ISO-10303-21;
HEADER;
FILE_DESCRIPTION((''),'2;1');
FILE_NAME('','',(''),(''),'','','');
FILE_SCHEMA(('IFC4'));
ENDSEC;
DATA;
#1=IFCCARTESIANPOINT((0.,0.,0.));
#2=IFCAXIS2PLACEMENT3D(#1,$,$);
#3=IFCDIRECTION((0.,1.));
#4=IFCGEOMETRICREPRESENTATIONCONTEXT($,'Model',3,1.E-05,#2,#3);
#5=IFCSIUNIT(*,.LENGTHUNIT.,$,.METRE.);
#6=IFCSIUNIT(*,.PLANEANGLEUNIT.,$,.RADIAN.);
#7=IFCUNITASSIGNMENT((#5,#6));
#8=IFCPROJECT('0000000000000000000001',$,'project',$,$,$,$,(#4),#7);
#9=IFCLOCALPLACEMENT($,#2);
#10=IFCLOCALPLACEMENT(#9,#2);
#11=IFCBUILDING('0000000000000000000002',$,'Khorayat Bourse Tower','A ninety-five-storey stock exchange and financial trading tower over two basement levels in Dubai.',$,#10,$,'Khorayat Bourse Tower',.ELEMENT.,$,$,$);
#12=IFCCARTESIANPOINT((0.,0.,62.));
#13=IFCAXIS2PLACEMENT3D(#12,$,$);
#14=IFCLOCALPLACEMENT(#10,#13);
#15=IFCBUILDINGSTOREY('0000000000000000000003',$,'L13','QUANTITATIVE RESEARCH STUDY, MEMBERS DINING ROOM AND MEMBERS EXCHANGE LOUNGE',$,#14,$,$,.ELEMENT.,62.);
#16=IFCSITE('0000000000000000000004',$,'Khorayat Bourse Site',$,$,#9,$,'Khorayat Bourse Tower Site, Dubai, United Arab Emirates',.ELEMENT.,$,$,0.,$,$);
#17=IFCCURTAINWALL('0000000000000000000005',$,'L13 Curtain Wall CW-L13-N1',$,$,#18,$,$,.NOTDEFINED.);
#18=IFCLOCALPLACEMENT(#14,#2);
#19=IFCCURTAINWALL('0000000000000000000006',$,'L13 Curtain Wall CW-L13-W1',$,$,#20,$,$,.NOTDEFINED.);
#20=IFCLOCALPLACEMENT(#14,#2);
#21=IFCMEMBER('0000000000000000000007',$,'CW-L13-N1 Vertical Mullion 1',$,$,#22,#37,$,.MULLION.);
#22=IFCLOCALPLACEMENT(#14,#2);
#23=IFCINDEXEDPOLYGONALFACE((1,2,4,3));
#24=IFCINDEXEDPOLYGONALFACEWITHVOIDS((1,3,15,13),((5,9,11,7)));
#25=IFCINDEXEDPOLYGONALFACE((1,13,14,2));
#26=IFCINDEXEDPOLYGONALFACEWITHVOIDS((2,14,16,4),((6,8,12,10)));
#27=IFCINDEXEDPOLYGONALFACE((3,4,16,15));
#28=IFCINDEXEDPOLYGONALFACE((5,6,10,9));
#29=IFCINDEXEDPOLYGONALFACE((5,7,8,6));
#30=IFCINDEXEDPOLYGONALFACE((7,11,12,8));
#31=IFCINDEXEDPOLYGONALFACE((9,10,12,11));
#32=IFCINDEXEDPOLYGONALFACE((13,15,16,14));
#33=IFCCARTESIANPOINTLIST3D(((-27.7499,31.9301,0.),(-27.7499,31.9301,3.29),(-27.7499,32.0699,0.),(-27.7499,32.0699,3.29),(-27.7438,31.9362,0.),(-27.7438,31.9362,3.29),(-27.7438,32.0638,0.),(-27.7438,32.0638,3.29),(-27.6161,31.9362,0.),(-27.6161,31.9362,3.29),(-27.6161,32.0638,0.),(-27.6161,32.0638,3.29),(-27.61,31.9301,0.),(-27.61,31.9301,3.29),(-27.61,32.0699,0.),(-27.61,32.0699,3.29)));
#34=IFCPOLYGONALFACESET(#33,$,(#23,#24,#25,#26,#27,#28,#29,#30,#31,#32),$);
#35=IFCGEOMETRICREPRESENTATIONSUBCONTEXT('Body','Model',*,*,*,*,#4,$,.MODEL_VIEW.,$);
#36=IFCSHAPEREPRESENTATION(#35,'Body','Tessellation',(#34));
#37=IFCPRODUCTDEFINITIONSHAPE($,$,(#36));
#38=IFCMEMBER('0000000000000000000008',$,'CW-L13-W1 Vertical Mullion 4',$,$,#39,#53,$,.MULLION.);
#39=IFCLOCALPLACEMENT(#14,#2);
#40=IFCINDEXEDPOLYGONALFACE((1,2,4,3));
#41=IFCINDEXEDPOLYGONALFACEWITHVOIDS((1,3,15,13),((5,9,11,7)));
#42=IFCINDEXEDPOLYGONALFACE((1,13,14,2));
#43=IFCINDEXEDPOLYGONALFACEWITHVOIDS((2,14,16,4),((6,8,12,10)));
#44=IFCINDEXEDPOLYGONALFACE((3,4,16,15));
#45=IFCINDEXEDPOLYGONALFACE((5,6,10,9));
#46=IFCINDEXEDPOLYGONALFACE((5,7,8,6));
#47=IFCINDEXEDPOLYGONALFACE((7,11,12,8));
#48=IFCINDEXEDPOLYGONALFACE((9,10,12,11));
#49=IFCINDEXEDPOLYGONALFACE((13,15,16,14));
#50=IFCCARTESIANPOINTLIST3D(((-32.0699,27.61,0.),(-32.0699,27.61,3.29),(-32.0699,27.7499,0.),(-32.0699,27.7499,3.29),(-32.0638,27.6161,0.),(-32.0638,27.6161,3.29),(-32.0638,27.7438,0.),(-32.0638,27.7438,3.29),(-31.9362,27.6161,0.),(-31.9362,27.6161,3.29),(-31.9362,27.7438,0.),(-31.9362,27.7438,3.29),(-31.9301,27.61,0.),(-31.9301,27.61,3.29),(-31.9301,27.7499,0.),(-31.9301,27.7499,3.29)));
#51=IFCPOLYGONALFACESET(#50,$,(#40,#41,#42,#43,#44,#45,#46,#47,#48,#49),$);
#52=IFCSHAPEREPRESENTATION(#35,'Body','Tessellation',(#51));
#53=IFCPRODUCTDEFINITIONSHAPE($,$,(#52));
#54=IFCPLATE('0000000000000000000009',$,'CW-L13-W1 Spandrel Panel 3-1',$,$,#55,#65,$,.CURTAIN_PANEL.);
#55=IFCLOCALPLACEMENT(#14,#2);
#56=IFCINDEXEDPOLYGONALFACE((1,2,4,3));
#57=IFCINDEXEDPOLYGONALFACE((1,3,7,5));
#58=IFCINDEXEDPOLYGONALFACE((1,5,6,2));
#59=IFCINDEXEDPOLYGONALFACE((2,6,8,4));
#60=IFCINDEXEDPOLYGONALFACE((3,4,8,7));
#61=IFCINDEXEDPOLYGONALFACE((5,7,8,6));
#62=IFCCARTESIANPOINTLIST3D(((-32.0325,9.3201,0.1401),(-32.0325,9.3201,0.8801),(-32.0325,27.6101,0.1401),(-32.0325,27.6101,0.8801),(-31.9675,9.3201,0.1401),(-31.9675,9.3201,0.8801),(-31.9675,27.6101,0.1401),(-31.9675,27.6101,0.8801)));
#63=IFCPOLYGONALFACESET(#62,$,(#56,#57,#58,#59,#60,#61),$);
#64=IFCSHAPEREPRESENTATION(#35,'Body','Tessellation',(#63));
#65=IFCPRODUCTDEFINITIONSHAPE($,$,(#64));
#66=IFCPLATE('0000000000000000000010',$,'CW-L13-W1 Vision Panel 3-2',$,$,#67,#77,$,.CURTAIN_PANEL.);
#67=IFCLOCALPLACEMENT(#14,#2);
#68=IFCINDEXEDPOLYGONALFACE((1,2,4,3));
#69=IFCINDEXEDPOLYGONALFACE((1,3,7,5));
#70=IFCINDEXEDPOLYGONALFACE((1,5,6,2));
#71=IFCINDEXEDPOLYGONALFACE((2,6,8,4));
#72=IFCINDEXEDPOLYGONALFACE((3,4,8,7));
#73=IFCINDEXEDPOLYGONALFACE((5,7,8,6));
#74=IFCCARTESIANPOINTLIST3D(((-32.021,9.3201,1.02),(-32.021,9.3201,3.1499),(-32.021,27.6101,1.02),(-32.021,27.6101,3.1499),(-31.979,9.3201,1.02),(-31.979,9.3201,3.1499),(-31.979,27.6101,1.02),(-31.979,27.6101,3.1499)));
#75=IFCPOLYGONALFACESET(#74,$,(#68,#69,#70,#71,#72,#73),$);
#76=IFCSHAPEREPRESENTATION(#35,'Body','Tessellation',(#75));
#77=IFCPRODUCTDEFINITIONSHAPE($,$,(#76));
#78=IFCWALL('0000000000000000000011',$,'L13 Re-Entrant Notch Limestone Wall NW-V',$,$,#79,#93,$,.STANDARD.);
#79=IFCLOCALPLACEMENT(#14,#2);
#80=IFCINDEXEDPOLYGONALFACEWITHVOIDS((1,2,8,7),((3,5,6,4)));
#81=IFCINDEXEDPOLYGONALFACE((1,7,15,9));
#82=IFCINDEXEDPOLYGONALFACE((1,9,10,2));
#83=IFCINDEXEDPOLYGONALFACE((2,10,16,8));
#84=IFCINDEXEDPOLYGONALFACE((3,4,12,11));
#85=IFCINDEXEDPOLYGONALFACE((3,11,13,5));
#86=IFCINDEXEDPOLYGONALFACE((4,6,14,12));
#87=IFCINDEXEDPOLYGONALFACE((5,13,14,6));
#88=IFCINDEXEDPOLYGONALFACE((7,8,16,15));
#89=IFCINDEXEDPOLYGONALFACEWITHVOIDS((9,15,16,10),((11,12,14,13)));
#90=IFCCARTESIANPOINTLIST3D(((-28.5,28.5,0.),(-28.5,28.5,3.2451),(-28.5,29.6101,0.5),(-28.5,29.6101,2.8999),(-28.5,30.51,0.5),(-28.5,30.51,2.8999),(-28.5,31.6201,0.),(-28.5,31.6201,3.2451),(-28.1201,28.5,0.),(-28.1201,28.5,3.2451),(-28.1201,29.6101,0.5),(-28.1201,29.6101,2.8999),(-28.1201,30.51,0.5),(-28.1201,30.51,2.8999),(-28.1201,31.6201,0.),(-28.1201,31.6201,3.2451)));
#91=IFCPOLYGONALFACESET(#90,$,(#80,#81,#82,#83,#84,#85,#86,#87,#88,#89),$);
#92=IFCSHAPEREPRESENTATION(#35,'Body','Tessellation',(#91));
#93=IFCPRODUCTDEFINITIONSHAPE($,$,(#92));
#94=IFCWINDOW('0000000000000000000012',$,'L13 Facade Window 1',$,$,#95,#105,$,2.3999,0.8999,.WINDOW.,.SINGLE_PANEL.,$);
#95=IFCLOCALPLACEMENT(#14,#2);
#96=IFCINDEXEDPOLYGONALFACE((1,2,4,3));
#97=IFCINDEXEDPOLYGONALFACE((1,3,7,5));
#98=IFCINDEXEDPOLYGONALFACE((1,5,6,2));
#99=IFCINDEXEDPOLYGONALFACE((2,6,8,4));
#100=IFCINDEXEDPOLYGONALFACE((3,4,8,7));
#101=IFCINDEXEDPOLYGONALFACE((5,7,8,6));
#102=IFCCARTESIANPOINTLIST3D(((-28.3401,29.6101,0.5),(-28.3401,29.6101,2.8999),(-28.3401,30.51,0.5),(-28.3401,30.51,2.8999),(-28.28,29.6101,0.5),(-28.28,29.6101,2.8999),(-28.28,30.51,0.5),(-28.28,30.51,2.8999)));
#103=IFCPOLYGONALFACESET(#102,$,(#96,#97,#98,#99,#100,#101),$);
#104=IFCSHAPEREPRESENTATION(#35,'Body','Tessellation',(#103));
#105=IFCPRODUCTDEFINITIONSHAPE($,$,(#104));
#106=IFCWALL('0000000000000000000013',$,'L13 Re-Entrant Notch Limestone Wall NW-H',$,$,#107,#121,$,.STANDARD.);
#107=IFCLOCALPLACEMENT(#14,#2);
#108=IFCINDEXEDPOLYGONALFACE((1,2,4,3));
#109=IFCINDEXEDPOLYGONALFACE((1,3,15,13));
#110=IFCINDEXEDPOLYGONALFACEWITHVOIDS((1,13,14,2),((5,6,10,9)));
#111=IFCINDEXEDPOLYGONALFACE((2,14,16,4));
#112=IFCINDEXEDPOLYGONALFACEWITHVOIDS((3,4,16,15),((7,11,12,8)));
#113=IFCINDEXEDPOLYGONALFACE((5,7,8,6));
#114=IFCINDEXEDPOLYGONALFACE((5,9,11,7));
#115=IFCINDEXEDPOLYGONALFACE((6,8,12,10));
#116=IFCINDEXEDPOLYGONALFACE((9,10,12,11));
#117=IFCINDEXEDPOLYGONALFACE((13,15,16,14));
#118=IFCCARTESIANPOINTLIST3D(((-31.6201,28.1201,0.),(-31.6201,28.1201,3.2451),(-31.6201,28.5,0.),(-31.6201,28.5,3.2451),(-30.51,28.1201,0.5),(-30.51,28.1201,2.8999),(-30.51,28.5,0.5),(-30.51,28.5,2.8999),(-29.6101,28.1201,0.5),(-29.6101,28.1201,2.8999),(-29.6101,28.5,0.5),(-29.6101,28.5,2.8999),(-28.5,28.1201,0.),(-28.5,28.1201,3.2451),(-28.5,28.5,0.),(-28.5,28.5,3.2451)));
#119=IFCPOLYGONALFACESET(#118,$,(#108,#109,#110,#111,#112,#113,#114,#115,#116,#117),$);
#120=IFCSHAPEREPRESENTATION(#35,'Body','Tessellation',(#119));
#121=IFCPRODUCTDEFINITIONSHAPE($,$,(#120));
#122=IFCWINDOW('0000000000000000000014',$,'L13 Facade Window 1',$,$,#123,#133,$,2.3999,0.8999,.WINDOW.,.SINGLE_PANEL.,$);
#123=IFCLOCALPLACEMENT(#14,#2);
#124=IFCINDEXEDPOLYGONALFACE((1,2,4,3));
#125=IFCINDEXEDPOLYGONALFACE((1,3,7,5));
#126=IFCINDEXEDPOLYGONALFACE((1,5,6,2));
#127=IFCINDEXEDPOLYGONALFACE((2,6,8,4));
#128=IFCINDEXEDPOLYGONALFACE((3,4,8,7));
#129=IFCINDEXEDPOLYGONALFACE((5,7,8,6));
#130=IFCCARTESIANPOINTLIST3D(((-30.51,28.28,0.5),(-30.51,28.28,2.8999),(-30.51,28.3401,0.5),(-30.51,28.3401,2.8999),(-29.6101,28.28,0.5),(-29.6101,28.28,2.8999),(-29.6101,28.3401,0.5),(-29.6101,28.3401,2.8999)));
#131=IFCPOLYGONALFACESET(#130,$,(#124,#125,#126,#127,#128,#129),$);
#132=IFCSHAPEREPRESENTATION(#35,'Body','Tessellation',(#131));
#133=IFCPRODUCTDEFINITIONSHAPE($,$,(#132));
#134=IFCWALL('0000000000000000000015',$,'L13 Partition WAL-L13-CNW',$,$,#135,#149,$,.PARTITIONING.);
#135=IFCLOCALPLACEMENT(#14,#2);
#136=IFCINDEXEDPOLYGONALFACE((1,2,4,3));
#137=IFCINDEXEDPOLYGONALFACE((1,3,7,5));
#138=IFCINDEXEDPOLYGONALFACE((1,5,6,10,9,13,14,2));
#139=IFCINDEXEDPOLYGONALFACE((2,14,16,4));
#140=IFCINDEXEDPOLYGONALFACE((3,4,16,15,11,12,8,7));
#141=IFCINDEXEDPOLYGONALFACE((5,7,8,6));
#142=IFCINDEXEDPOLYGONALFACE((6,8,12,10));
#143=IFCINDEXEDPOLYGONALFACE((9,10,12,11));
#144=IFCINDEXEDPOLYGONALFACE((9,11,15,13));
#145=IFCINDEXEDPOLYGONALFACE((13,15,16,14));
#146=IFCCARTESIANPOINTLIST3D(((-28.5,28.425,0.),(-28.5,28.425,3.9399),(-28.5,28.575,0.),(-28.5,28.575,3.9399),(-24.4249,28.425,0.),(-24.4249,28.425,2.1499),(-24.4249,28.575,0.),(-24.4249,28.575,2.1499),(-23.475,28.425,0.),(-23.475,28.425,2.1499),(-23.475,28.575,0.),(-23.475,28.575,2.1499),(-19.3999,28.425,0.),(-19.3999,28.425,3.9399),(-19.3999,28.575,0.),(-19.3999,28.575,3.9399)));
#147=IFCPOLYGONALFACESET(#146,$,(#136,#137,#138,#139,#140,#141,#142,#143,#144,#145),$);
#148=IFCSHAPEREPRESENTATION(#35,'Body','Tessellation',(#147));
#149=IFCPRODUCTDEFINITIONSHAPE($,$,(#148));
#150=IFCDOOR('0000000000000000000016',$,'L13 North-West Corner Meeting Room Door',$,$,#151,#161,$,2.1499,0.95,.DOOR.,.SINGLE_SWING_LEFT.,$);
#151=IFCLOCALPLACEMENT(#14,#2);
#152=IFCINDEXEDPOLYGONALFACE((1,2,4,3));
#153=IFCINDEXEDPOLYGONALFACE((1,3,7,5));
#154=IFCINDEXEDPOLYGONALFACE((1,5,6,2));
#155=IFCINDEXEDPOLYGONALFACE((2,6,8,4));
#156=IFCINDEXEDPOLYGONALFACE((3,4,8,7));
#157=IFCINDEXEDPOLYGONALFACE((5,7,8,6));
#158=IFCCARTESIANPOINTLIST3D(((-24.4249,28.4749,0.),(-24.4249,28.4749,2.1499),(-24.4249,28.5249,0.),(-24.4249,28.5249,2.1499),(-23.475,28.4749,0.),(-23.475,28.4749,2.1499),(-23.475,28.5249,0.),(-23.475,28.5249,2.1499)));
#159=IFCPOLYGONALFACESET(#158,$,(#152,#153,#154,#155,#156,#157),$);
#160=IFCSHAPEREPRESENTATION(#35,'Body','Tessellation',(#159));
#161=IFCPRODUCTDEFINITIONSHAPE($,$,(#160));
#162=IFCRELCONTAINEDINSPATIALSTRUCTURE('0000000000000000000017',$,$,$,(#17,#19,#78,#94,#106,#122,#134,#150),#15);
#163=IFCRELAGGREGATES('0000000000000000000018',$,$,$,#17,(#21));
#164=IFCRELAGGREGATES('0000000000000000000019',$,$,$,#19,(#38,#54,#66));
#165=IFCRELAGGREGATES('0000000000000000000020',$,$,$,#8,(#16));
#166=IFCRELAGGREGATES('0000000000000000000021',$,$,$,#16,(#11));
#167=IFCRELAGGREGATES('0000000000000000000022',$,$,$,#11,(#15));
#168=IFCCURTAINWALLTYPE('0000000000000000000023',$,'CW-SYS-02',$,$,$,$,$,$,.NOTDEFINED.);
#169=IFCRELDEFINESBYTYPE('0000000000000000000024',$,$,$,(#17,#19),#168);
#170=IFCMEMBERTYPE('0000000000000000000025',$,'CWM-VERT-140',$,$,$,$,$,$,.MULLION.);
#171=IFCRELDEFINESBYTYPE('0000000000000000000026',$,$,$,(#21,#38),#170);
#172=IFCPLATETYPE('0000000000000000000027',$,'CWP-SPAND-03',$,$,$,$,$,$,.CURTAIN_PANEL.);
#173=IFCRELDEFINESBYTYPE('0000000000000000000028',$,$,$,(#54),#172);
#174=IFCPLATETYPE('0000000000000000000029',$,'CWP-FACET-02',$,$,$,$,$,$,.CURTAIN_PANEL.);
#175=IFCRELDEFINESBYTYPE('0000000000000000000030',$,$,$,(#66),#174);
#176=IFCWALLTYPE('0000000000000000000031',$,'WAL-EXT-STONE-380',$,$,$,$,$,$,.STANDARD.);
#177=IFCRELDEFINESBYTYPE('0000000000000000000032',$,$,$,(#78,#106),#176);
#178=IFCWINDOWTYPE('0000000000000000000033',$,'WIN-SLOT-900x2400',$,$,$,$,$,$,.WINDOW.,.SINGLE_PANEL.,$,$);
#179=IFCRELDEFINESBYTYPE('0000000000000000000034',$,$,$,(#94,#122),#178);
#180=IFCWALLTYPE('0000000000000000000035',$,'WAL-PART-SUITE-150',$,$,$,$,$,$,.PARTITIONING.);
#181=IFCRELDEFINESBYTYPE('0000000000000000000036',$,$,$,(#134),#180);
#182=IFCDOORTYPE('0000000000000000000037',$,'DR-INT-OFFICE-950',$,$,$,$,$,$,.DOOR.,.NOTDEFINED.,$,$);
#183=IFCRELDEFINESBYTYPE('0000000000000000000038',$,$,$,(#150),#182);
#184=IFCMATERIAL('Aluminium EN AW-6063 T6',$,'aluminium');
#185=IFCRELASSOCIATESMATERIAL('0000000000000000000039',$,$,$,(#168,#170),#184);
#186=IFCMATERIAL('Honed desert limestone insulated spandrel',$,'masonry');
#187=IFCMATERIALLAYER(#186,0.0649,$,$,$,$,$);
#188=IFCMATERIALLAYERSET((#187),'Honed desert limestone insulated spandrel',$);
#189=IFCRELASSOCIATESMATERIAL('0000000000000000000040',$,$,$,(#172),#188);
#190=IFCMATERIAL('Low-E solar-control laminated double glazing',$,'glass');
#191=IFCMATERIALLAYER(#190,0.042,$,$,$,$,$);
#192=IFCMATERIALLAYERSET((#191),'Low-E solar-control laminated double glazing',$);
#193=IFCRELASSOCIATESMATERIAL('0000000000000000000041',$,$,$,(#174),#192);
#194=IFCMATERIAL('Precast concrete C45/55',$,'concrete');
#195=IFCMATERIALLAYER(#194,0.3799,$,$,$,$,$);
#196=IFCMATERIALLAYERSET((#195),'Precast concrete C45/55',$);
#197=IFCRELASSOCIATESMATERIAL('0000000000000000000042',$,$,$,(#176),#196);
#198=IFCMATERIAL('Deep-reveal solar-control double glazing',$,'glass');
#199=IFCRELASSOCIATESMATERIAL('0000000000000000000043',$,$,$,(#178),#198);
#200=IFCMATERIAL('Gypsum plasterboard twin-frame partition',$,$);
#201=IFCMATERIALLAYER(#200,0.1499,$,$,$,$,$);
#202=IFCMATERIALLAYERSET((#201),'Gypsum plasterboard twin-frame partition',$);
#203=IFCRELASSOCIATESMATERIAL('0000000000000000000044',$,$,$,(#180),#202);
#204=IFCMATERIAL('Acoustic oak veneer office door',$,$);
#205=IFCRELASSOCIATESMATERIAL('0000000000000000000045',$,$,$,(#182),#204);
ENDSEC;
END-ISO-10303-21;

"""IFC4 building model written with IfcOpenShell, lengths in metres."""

from ifc_helpers import new_model, si_unit, direction, frame, frame_2d, origin, origin_2d, place, context, subcontext, project, spatial, rectangle, hollow_rectangle, extrude, source, transform, mapped, material, layer, layer_set, material_profile, profile_set, type_object, element, fill, aggregate, save


model = new_model("IFC4")

# Units and contexts
model_context = context("Model", 3, precision=1e-05, world=origin(), true_north=direction((0.0, 1.0)))
body_context = subcontext(model_context, "Body", "Model", "MODEL_VIEW")
ifc_project = project(units=[si_unit("LENGTHUNIT", "METRE"), si_unit("PLANEANGLEUNIT", "RADIAN")], contexts=[model_context])

# Site, building, storey
site_placement = place(None, origin())
site = spatial("IfcSite", under=ifc_project, at=site_placement, Name="Khorayat Bourse Site", LongName="Khorayat Bourse Tower Site, Dubai, United Arab Emirates", CompositionType="ELEMENT", RefElevation=0.0)
building_placement = place(site_placement, origin())
building = spatial("IfcBuilding", under=site, at=building_placement, Name="Khorayat Bourse Tower", Description="A ninety-five-storey stock exchange and financial trading tower over two basement levels in Dubai.", LongName="Khorayat Bourse Tower", CompositionType="ELEMENT")
storey_placement = place(building_placement, frame((0.0, 0.0, 62.0)))
storey = spatial("IfcBuildingStorey", under=building, at=storey_placement, Name="L13", Description="QUANTITATIVE RESEARCH STUDY, MEMBERS DINING ROOM AND MEMBERS EXCHANGE LOUNGE", CompositionType="ELEMENT", Elevation=62.0)

# Curtain wall
ifc_material_1 = material(Name="Aluminium EN AW-6063 T6", Category="aluminium")
curtain_wall_type = type_object("IfcCurtainWallType", Name="CW-SYS-02", PredefinedType="NOTDEFINED", material=ifc_material_1)
curtain_wall_1_placement = place(storey_placement, origin())
curtain_wall_1 = element("IfcCurtainWall", 1, at=curtain_wall_1_placement, inside=storey, type_object=curtain_wall_type, Name="L13 Curtain Wall CW-L13-N1", PredefinedType="NOTDEFINED")

# Curtain wall
curtain_wall_2_placement = place(storey_placement, origin())
curtain_wall_2 = element("IfcCurtainWall", 2, at=curtain_wall_2_placement, inside=storey, type_object=curtain_wall_type, Name="L13 Curtain Wall CW-L13-W1", PredefinedType="NOTDEFINED")

# Members
ifc_material_profile_1 = material_profile(ifc_material_1, hollow_rectangle(XDim=0.1399, YDim=0.1399, WallThickness=0.0061, at=origin_2d()), Name="ALU 140x140x6")
ifc_profile_set_1 = profile_set([ifc_material_profile_1], Name="Aluminium EN AW-6063 T6")
member_type_1 = type_object("IfcMemberType", Name="CWM-VERT-140", PredefinedType="MULLION", material=ifc_profile_set_1)
shared_shape_1 = source(origin(), body_context, "Body", "SweptSolid", [
    extrude(hollow_rectangle(XDim=0.1399, YDim=0.1399, WallThickness=0.0061, at=origin_2d()), origin(), (0.0, 0.0, 1.0), 3.29),
])
member_1_placement = place(storey_placement, frame((-27.6799, 32.0, 0.0), z_axis=(0.0, 0.0, 1.0), x_axis=(0.0, 1.0, 0.0)))
member_1 = element("IfcMember", 3, at=member_1_placement, type_object=member_type_1, Name="CW-L13-N1 Vertical Mullion 1", PredefinedType="MULLION", context=body_context, shape_type="MappedRepresentation", body=[
    mapped(shared_shape_1, transform((0.0, 0.0, 0.0), scale=1.0)),
])
aggregate(curtain_wall_1, [member_1])
member_2_placement = place(storey_placement, frame((-32.0, 27.6799, 0.0), z_axis=(0.0, 0.0, 1.0), x_axis=(-1.0, 0.0, 0.0)))
member_2 = element("IfcMember", 4, at=member_2_placement, type_object=member_type_1, Name="CW-L13-W1 Vertical Mullion 4", PredefinedType="MULLION", context=body_context, shape_type="MappedRepresentation", body=[
    mapped(shared_shape_1, transform((0.0, 0.0, 0.0), scale=1.0)),
])

# Plates
ifc_material_2 = material(Name="Honed desert limestone insulated spandrel", Category="masonry")
ifc_layer_1 = layer(ifc_material_2, 0.0649)
ifc_layer_set_1 = layer_set([ifc_layer_1], Name="Honed desert limestone insulated spandrel")
plate_type_1 = type_object("IfcPlateType", Name="CWP-SPAND-03", PredefinedType="CURTAIN_PANEL", material=ifc_layer_set_1)
shared_shape_2 = source(origin(), body_context, "Body", "SweptSolid", [
    extrude(rectangle(XDim=18.29, YDim=0.0649, at=origin_2d()), origin(), (0.0, 0.0, 1.0), 0.74),
])
plate_1_placement = place(storey_placement, frame((-32.0, 18.4651, 0.1401), z_axis=(0.0, 0.0, 1.0), x_axis=(0.0, 1.0, 0.0)))
plate_1 = element("IfcPlate", 5, at=plate_1_placement, type_object=plate_type_1, Name="CW-L13-W1 Spandrel Panel 3-1", PredefinedType="CURTAIN_PANEL", context=body_context, shape_type="MappedRepresentation", body=[
    mapped(shared_shape_2, transform((0.0, 0.0, 0.0), scale=1.0)),
])
ifc_material_3 = material(Name="Low-E solar-control laminated double glazing", Category="glass")
ifc_layer_2 = layer(ifc_material_3, 0.042)
ifc_layer_set_2 = layer_set([ifc_layer_2], Name="Low-E solar-control laminated double glazing")
plate_type_2 = type_object("IfcPlateType", Name="CWP-FACET-02", PredefinedType="CURTAIN_PANEL", material=ifc_layer_set_2)
shared_shape_3 = source(origin(), body_context, "Body", "SweptSolid", [
    extrude(rectangle(XDim=18.29, YDim=0.042, at=origin_2d()), origin(), (0.0, 0.0, 1.0), 2.1299),
])
plate_2_placement = place(storey_placement, frame((-32.0, 18.4651, 1.02), z_axis=(0.0, 0.0, 1.0), x_axis=(0.0, 1.0, 0.0)))
plate_2 = element("IfcPlate", 6, at=plate_2_placement, type_object=plate_type_2, Name="CW-L13-W1 Vision Panel 3-2", PredefinedType="CURTAIN_PANEL", context=body_context, shape_type="MappedRepresentation", body=[
    mapped(shared_shape_3, transform((0.0, 0.0, 0.0), scale=1.0)),
])
aggregate(curtain_wall_2, [member_2, plate_1, plate_2])

# Walls, openings, windows
ifc_material_4 = material(Name="Precast concrete C45/55", Category="concrete")
ifc_layer_3 = layer(ifc_material_4, 0.3799)
ifc_layer_set_3 = layer_set([ifc_layer_3], Name="Precast concrete C45/55")
wall_type_1 = type_object("IfcWallType", Name="WAL-EXT-STONE-380", PredefinedType="STANDARD", material=ifc_layer_set_3)
shared_shape_4 = source(origin(), body_context, "Body", "SweptSolid", [
    extrude(rectangle(XDim=3.1201, YDim=0.3799, at=frame_2d((1.5601, 0.0))), origin(), (0.0, 0.0, 1.0), 3.2451),
])
wall_1_placement = place(storey_placement, frame((-28.3101, 28.5, 0.0), z_axis=(0.0, 0.0, 1.0), x_axis=(0.0, 1.0, 0.0)))
wall_1 = element("IfcWall", 7, at=wall_1_placement, inside=storey, type_object=wall_type_1, Name="L13 Re-Entrant Notch Limestone Wall NW-V", PredefinedType="STANDARD", context=body_context, shape_type="MappedRepresentation", body=[
    mapped(shared_shape_4, transform((0.0, 0.0, 0.0), scale=1.0)),
])
shared_shape_5 = source(origin(), body_context, "Body", "SweptSolid", [
    extrude(rectangle(XDim=0.8999, YDim=2.3999, at=frame_2d((0.45, 1.2))), frame((0.0, 0.2, 0.0), z_axis=(0.0, -1.0, 0.0), x_axis=(1.0, 0.0, 0.0)), (0.0, 0.0, 1.0), 0.3999),
])
opening_1_placement = place(wall_1_placement, frame((1.1101, 0.0, 0.5)))
opening_1 = element("IfcOpeningElement", 8, at=opening_1_placement, cuts=wall_1, PredefinedType="OPENING", context=body_context, shape_type="MappedRepresentation", body=[
    mapped(shared_shape_5, transform((0.0, 0.0, 0.0), scale=1.0)),
])
ifc_material_5 = material(Name="Deep-reveal solar-control double glazing", Category="glass")
window_type = type_object("IfcWindowType", Name="WIN-SLOT-900x2400", PartitioningType="SINGLE_PANEL", PredefinedType="WINDOW", material=ifc_material_5)
shared_shape_6 = source(origin(), body_context, "Body", "SweptSolid", [
    extrude(rectangle(XDim=0.8999, YDim=2.3999, at=frame_2d((0.45, 1.2))), frame((0.0, 0.03, 0.0), z_axis=(0.0, -1.0, 0.0), x_axis=(1.0, 0.0, 0.0)), (0.0, 0.0, 1.0), 0.0601),
])
window_1_placement = place(opening_1_placement, origin())
window_1 = element("IfcWindow", 9, at=window_1_placement, inside=storey, type_object=window_type, Name="L13 Facade Window 1", OverallHeight=2.3999, OverallWidth=0.8999, PartitioningType="SINGLE_PANEL", PredefinedType="WINDOW", context=body_context, shape_type="MappedRepresentation", body=[
    mapped(shared_shape_6, transform((0.0, 0.0, 0.0), scale=1.0)),
])
fill(opening_1, window_1)
wall_2_placement = place(storey_placement, frame((-28.5, 28.3101, 0.0), z_axis=(0.0, 0.0, 1.0), x_axis=(-1.0, 0.0, 0.0)))
wall_2 = element("IfcWall", 10, at=wall_2_placement, inside=storey, type_object=wall_type_1, Name="L13 Re-Entrant Notch Limestone Wall NW-H", PredefinedType="STANDARD", context=body_context, shape_type="MappedRepresentation", body=[
    mapped(shared_shape_4, transform((0.0, 0.0, 0.0), scale=1.0)),
])
opening_2_placement = place(wall_2_placement, frame((1.1101, 0.0, 0.5)))
opening_2 = element("IfcOpeningElement", 11, at=opening_2_placement, cuts=wall_2, PredefinedType="OPENING", context=body_context, shape_type="MappedRepresentation", body=[
    mapped(shared_shape_5, transform((0.0, 0.0, 0.0), scale=1.0)),
])
window_2_placement = place(opening_2_placement, origin())
window_2 = element("IfcWindow", 12, at=window_2_placement, inside=storey, type_object=window_type, Name="L13 Facade Window 1", OverallHeight=2.3999, OverallWidth=0.8999, PartitioningType="SINGLE_PANEL", PredefinedType="WINDOW", context=body_context, shape_type="MappedRepresentation", body=[
    mapped(shared_shape_6, transform((0.0, 0.0, 0.0), scale=1.0)),
])
fill(opening_2, window_2)

# Wall, opening, door
ifc_material_6 = material(Name="Gypsum plasterboard twin-frame partition")
ifc_layer_4 = layer(ifc_material_6, 0.1499)
ifc_layer_set_4 = layer_set([ifc_layer_4], Name="Gypsum plasterboard twin-frame partition")
wall_type_2 = type_object("IfcWallType", Name="WAL-PART-SUITE-150", PredefinedType="PARTITIONING", material=ifc_layer_set_4)
shared_shape_7 = source(origin(), body_context, "Body", "SweptSolid", [
    extrude(rectangle(XDim=9.1001, YDim=0.1499, at=frame_2d((4.55, 0.0))), origin(), (0.0, 0.0, 1.0), 3.9399),
])
wall_3_placement = place(storey_placement, frame((-28.5, 28.5, 0.0), z_axis=(0.0, 0.0, 1.0), x_axis=(1.0, 0.0, 0.0)))
wall_3 = element("IfcWall", 13, at=wall_3_placement, inside=storey, type_object=wall_type_2, Name="L13 Partition WAL-L13-CNW", PredefinedType="PARTITIONING", context=body_context, shape_type="MappedRepresentation", body=[
    mapped(shared_shape_7, transform((0.0, 0.0, 0.0), scale=1.0)),
])
shared_shape_8 = source(origin(), body_context, "Body", "SweptSolid", [
    extrude(rectangle(XDim=0.95, YDim=2.1499, at=frame_2d((0.4751, 1.075))), frame((0.0, 0.085, 0.0), z_axis=(0.0, -1.0, 0.0), x_axis=(1.0, 0.0, 0.0)), (0.0, 0.0, 1.0), 0.1699),
])
opening_3_placement = place(wall_3_placement, frame((4.075, 0.0, 0.0)))
opening_3 = element("IfcOpeningElement", 14, at=opening_3_placement, cuts=wall_3, PredefinedType="OPENING", context=body_context, shape_type="MappedRepresentation", body=[
    mapped(shared_shape_8, transform((0.0, 0.0, 0.0), scale=1.0)),
])
ifc_material_7 = material(Name="Acoustic oak veneer office door")
door_type = type_object("IfcDoorType", Name="DR-INT-OFFICE-950", OperationType="NOTDEFINED", PredefinedType="DOOR", material=ifc_material_7)
shared_shape_9 = source(origin(), body_context, "Body", "SweptSolid", [
    extrude(rectangle(XDim=0.95, YDim=2.1499, at=frame_2d((0.4751, 1.075))), frame((0.0, 0.0249, 0.0), z_axis=(0.0, -1.0, 0.0), x_axis=(1.0, 0.0, 0.0)), (0.0, 0.0, 1.0), 0.05),
])
door_placement = place(opening_3_placement, origin())
door = element("IfcDoor", 15, at=door_placement, inside=storey, type_object=door_type, Name="L13 North-West Corner Meeting Room Door", OperationType="SINGLE_SWING_LEFT", OverallHeight=2.1499, OverallWidth=0.95, PredefinedType="DOOR", context=body_context, shape_type="MappedRepresentation", body=[
    mapped(shared_shape_9, transform((0.0, 0.0, 0.0), scale=1.0)),
])
fill(opening_3, door)

save(model, "model.ifc")
